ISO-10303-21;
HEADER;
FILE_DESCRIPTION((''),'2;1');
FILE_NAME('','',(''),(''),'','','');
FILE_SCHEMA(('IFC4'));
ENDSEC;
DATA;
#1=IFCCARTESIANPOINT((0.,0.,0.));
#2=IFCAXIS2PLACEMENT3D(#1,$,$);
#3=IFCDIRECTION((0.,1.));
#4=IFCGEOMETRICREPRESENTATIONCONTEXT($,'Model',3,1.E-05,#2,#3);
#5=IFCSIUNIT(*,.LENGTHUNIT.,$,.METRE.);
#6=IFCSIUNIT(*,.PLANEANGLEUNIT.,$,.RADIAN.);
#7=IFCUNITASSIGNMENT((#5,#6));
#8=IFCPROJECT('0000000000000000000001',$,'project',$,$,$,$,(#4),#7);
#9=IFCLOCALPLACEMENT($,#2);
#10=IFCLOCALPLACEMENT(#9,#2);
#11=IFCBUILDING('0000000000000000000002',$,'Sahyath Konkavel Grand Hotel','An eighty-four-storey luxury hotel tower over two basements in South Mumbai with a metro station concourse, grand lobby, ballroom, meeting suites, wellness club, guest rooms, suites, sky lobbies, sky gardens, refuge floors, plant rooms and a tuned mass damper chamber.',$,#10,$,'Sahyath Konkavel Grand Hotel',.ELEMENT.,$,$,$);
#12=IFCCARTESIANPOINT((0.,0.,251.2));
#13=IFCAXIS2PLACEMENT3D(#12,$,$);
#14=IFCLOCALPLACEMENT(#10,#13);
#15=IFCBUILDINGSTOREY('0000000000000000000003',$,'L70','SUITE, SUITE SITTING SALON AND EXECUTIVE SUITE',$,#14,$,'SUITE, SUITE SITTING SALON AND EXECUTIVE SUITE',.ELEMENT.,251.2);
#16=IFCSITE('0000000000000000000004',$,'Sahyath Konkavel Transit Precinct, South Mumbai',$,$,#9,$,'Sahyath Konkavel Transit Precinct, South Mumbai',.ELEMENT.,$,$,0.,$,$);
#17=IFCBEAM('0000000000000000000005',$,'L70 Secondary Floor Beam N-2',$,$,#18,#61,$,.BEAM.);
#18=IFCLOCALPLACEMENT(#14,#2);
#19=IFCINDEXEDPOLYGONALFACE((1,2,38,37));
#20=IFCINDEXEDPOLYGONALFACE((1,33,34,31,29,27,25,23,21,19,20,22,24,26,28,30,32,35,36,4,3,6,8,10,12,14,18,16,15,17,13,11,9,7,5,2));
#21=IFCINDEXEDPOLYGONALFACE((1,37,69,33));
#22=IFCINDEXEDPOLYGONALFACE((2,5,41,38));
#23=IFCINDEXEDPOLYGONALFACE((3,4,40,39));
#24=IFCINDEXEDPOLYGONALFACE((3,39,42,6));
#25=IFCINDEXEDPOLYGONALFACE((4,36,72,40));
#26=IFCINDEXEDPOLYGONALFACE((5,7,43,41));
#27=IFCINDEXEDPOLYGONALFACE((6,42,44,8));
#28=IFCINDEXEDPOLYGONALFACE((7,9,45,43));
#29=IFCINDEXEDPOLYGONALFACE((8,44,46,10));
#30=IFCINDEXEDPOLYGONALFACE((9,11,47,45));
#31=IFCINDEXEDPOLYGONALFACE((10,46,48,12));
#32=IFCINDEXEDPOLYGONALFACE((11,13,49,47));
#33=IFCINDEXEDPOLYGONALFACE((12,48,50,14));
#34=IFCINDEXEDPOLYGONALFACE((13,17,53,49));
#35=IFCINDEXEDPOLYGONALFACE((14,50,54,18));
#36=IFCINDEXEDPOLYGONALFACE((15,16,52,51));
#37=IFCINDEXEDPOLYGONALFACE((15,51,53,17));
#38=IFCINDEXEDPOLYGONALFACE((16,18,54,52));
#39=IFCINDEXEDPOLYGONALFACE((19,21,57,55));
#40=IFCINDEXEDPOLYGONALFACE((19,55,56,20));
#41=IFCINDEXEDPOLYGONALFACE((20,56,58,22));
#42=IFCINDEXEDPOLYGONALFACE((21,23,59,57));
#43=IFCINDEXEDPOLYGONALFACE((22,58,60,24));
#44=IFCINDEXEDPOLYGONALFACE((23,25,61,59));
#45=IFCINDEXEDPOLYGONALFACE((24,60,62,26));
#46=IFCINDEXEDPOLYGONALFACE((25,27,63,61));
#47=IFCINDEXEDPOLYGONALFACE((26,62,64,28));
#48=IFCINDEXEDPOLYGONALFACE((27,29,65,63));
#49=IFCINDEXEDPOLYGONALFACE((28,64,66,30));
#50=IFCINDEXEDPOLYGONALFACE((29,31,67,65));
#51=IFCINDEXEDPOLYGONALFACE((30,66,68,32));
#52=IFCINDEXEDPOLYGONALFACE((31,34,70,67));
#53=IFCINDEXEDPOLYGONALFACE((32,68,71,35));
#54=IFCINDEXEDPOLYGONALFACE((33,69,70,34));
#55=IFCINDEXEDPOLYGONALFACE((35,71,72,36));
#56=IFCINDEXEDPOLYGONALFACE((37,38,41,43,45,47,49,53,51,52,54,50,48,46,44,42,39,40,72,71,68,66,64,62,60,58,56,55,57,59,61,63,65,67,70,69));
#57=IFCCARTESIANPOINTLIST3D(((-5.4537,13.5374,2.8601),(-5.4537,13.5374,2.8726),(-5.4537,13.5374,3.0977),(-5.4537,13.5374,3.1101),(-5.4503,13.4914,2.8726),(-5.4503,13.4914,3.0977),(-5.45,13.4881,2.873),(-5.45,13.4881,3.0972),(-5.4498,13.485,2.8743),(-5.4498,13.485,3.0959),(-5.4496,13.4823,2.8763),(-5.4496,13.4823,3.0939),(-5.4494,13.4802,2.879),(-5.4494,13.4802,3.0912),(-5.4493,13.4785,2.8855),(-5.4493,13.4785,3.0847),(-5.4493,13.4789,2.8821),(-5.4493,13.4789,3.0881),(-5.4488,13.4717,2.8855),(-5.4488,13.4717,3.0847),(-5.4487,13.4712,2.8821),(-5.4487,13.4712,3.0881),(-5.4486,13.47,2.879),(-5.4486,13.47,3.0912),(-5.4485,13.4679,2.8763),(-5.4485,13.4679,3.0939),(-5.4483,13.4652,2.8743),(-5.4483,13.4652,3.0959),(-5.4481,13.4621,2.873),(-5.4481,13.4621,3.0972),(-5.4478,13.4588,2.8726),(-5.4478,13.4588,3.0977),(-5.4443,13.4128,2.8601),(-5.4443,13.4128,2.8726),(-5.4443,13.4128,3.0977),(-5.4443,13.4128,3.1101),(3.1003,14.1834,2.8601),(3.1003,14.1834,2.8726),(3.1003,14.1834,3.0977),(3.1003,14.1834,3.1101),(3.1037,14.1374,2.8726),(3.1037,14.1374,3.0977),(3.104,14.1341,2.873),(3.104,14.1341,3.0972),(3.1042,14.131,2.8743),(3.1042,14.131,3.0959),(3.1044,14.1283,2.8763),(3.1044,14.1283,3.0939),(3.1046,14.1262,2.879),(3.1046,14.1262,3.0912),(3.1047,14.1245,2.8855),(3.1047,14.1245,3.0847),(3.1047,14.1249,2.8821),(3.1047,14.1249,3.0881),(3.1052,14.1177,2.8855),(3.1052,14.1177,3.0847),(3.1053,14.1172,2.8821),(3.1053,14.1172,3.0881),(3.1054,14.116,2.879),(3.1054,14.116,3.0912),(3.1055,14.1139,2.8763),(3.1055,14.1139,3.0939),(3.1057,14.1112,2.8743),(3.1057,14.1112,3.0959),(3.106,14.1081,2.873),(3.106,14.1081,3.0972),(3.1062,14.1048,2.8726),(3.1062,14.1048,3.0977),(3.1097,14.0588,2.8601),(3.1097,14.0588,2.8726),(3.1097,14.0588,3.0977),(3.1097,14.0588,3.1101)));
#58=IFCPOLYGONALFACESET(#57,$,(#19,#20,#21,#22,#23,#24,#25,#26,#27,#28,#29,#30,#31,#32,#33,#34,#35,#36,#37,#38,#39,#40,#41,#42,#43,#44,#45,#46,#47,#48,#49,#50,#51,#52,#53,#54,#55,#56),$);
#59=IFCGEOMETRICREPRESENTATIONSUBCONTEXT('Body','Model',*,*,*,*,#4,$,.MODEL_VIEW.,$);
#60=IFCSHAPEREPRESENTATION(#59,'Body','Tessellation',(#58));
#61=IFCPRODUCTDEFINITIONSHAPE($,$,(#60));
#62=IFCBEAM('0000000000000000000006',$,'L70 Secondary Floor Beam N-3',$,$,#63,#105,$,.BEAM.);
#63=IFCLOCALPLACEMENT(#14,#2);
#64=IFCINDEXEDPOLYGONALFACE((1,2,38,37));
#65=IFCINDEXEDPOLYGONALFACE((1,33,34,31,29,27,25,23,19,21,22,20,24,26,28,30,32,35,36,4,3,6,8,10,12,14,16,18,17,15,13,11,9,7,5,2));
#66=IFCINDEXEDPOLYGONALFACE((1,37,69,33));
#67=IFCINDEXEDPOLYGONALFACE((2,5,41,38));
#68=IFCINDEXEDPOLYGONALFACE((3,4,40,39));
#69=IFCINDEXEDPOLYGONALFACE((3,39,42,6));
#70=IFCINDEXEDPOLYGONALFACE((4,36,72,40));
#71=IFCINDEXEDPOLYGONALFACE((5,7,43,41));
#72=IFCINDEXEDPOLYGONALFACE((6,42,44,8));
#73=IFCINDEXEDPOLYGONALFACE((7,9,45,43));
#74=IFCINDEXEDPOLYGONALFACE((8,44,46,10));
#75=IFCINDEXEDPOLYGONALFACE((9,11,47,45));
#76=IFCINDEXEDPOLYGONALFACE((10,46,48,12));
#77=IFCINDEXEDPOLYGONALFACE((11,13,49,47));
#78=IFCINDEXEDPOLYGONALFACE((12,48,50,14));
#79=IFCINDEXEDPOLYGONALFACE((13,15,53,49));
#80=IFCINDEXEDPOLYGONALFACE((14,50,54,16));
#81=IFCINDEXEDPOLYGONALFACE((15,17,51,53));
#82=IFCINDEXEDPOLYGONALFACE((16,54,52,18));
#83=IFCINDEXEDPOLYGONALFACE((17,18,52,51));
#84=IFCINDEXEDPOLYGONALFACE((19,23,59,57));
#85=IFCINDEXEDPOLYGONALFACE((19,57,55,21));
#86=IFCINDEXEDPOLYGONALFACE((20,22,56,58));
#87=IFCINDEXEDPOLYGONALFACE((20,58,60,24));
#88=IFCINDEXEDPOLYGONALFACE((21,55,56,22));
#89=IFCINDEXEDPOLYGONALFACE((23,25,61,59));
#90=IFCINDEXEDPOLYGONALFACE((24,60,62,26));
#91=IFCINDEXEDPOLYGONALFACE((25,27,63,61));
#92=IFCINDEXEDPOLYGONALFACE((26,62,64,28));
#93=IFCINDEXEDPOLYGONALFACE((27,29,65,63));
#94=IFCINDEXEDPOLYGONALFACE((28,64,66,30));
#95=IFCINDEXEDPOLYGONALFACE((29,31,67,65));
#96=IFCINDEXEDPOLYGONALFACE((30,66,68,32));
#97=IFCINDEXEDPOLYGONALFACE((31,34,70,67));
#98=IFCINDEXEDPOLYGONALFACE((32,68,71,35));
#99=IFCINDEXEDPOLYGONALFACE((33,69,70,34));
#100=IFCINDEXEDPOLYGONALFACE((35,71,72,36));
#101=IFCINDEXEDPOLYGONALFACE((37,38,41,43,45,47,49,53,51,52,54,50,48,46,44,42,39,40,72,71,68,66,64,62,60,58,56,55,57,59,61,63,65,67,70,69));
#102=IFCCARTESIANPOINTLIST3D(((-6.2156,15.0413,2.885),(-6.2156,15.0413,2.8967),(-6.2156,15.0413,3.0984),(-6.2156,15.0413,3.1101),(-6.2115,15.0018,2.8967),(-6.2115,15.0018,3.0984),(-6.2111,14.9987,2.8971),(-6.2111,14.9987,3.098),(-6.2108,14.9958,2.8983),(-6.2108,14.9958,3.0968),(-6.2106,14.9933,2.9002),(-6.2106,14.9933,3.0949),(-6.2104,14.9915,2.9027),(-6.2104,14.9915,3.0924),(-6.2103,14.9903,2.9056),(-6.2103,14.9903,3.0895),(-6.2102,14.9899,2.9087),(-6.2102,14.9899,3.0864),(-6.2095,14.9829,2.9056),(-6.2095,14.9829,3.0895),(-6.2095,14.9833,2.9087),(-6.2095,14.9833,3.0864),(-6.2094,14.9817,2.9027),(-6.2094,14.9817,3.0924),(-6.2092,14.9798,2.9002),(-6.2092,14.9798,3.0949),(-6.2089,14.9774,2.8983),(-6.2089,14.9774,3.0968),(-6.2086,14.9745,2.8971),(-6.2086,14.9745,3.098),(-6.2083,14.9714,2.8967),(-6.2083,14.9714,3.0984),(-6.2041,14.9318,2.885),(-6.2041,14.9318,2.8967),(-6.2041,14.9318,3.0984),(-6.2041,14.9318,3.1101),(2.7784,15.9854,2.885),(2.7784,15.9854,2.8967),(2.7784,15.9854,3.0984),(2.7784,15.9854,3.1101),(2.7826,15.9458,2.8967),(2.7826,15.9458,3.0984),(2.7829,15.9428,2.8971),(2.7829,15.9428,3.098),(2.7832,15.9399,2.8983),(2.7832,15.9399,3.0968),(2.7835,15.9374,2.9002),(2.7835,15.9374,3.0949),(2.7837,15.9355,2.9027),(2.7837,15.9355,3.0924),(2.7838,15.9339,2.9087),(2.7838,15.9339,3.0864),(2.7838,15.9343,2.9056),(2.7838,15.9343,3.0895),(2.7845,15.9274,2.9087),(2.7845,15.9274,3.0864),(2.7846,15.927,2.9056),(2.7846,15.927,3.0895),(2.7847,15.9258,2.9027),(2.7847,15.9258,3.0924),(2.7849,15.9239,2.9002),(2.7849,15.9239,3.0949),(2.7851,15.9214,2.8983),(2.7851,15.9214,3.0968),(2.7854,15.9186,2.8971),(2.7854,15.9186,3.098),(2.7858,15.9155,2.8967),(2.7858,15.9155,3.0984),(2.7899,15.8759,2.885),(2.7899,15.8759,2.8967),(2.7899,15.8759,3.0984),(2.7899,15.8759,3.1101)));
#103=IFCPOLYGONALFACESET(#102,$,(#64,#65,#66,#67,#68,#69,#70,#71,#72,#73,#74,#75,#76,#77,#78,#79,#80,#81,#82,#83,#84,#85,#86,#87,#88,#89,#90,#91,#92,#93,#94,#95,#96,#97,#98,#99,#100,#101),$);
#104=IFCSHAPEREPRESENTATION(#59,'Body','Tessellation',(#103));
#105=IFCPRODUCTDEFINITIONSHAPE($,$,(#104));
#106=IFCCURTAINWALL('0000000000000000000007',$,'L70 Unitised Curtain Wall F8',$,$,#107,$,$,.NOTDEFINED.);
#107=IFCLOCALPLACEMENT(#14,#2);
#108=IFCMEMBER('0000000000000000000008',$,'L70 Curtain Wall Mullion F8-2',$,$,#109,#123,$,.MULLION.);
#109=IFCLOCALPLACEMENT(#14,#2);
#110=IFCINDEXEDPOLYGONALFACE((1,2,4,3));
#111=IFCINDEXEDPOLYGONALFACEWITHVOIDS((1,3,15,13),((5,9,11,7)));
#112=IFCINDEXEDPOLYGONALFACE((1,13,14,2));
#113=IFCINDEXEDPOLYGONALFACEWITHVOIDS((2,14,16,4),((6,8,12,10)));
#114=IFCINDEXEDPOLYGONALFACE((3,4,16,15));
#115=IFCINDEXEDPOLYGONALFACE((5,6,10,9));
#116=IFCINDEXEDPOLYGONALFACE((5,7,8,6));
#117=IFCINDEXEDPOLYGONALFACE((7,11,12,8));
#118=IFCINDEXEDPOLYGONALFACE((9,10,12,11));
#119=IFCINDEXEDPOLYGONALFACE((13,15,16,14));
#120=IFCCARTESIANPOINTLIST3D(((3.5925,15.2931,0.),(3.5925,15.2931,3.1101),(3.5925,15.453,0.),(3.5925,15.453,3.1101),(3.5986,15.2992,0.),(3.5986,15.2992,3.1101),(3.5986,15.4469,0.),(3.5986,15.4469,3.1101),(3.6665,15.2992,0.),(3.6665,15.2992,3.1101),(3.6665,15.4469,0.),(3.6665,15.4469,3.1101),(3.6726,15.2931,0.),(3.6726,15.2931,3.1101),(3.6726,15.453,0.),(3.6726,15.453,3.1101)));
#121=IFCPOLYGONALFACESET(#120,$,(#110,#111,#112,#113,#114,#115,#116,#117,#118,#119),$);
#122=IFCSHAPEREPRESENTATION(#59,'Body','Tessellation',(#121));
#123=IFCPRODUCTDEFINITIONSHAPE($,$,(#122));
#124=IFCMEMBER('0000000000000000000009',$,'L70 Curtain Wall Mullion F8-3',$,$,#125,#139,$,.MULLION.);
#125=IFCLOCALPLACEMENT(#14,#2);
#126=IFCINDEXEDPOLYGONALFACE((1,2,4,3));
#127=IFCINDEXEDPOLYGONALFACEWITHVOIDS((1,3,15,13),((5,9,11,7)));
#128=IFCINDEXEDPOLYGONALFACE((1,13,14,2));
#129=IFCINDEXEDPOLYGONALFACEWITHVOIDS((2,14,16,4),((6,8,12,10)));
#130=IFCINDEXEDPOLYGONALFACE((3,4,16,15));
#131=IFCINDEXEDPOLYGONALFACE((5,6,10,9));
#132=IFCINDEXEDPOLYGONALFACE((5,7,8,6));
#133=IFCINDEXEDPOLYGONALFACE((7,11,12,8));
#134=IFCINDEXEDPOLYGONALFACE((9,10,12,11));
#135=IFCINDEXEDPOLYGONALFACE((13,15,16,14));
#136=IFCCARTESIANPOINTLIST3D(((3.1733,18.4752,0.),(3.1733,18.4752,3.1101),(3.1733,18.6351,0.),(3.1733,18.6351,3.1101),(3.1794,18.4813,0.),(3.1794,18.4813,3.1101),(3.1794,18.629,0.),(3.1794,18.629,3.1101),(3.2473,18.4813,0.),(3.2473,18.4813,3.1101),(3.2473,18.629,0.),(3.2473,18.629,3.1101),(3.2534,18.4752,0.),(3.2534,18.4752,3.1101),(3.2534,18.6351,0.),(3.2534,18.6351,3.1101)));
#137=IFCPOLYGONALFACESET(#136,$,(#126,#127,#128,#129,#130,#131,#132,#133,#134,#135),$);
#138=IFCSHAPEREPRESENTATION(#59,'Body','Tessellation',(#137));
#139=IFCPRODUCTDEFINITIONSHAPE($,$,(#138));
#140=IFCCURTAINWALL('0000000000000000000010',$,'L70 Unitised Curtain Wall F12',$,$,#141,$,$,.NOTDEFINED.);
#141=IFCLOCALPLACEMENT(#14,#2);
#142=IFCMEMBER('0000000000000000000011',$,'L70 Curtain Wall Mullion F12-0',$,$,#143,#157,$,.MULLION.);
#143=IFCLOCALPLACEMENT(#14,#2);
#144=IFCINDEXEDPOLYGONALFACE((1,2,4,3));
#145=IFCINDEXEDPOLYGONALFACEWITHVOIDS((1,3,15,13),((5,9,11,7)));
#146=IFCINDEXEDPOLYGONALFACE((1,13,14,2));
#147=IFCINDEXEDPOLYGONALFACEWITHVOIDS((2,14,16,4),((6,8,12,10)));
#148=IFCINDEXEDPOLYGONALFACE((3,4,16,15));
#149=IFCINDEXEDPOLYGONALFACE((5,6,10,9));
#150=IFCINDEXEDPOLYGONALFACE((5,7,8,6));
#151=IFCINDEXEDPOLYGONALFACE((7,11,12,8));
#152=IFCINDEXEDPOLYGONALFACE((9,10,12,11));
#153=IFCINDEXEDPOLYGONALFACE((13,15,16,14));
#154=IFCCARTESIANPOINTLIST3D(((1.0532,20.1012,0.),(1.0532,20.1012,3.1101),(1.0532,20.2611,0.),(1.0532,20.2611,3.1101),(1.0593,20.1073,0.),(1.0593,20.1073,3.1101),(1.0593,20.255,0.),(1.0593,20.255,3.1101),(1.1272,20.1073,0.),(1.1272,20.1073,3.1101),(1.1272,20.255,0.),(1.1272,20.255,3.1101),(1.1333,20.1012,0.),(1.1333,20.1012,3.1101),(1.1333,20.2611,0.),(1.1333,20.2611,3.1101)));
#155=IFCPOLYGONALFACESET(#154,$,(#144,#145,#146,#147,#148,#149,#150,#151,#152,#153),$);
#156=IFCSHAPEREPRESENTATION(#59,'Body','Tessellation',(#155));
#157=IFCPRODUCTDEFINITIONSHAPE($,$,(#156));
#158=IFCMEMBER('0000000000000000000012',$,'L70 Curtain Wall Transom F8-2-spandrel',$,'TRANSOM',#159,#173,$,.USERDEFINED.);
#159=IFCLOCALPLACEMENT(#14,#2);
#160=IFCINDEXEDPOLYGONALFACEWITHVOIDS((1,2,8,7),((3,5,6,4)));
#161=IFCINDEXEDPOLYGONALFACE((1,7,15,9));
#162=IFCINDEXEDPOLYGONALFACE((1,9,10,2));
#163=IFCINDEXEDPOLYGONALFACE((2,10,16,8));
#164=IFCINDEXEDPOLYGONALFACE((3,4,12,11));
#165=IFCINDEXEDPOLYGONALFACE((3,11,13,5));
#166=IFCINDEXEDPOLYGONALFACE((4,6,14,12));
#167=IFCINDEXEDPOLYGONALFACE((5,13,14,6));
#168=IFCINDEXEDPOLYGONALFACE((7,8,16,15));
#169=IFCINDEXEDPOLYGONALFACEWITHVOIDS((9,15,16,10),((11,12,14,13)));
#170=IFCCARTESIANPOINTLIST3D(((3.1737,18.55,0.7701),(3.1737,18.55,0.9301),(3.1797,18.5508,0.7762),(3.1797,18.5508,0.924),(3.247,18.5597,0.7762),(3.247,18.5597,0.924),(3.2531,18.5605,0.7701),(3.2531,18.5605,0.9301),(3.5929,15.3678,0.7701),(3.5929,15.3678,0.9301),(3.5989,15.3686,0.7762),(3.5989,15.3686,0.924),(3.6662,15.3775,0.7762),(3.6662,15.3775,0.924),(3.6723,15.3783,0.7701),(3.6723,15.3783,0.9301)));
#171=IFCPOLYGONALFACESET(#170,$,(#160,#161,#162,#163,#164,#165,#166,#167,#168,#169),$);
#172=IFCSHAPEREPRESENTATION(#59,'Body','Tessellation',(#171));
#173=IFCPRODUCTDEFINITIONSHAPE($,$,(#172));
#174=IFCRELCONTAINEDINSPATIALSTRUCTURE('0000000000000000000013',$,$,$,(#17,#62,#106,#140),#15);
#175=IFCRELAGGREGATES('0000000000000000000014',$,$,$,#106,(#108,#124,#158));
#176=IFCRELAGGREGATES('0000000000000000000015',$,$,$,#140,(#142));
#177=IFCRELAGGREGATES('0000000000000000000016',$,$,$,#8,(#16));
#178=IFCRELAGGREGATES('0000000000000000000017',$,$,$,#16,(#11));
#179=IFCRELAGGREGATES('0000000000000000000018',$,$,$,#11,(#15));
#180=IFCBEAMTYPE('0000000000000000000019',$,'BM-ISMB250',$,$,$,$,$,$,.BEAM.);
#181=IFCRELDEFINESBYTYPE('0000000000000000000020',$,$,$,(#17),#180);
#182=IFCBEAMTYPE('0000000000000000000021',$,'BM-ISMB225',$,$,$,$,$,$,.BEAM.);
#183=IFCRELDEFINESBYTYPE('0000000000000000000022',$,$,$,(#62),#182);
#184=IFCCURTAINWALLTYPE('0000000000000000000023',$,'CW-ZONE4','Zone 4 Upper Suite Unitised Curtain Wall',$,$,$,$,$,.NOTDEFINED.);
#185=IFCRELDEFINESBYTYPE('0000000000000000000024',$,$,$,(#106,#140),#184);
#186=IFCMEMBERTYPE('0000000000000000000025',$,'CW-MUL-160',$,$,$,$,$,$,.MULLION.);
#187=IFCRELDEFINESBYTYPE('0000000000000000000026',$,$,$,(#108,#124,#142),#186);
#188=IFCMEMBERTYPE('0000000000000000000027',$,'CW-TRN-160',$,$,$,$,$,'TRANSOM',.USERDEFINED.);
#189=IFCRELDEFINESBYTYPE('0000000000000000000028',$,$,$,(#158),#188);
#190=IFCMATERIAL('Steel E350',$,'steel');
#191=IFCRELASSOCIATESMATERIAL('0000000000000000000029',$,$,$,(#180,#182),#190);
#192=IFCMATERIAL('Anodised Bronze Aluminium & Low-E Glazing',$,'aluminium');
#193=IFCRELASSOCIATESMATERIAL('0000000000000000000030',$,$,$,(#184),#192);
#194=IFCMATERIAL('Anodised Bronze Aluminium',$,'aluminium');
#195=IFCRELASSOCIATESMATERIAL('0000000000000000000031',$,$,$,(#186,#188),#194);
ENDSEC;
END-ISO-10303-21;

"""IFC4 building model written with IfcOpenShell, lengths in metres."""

from ifc_helpers import new_model, si_unit, direction, frame, origin, origin_2d, place, context, subcontext, project, spatial, hollow_rectangle, i_section, extrude, source, transform, mapped, material, material_profile, profile_set, type_object, element, aggregate, save


model = new_model("IFC4")

# Units and contexts
model_context = context("Model", 3, precision=1e-05, world=origin(), true_north=direction((0.0, 1.0)))
body_context = subcontext(model_context, "Body", "Model", "MODEL_VIEW")
ifc_project = project(units=[si_unit("LENGTHUNIT", "METRE"), si_unit("PLANEANGLEUNIT", "RADIAN")], contexts=[model_context])

# Site, building, storey
site_placement = place(None, origin())
site = spatial("IfcSite", under=ifc_project, at=site_placement, Name="Sahyath Konkavel Transit Precinct, South Mumbai", LongName="Sahyath Konkavel Transit Precinct, South Mumbai", CompositionType="ELEMENT", RefElevation=0.0)
building_placement = place(site_placement, origin())
building = spatial("IfcBuilding", under=site, at=building_placement, Name="Sahyath Konkavel Grand Hotel", Description="An eighty-four-storey luxury hotel tower over two basements in South Mumbai with a metro station concourse, grand lobby, ballroom, meeting suites, wellness club, guest rooms, suites, sky lobbies, sky gardens, refuge floors, plant rooms and a tuned mass damper chamber.", LongName="Sahyath Konkavel Grand Hotel", CompositionType="ELEMENT")
storey_placement = place(building_placement, frame((0.0, 0.0, 251.2)))
storey = spatial("IfcBuildingStorey", under=building, at=storey_placement, Name="L70", Description="SUITE, SUITE SITTING SALON AND EXECUTIVE SUITE", LongName="SUITE, SUITE SITTING SALON AND EXECUTIVE SUITE", CompositionType="ELEMENT", Elevation=251.2)

# Beams
ifc_material_1 = material(Name="Steel E350", Category="steel")
ifc_material_profile_1 = material_profile(ifc_material_1, i_section(OverallWidth=0.125, OverallDepth=0.25, WebThickness=0.0068, FlangeThickness=0.0125, FilletRadius=0.0129, at=origin_2d()), Name="ISMB 250")
ifc_profile_set_1 = profile_set([ifc_material_profile_1], Name="Steel E350")
beam_type_1 = type_object("IfcBeamType", Name="BM-ISMB250", PredefinedType="BEAM", material=ifc_profile_set_1)
shared_shape_1 = source(origin(), body_context, "Body", "SweptSolid", [
    extrude(i_section(OverallWidth=0.125, OverallDepth=0.25, WebThickness=0.0068, FlangeThickness=0.0125, FilletRadius=0.0129, at=origin_2d()), origin(), (0.0, 0.0, 1.0), 8.5784),
])
beam_1_placement = place(storey_placement, frame((3.105, 14.1211, 2.9851), z_axis=(-0.99716, -0.075306, 0.0), x_axis=(0.075306, -0.99716, 0.0)))
element("IfcBeam", 1, at=beam_1_placement, inside=storey, type_object=beam_type_1, Name="L70 Secondary Floor Beam N-2", PredefinedType="BEAM", context=body_context, shape_type="MappedRepresentation", body=[
    mapped(shared_shape_1, transform((0.0, 0.0, 0.0), scale=1.0)),
])
ifc_material_profile_2 = material_profile(ifc_material_1, i_section(OverallWidth=0.1101, OverallDepth=0.2251, WebThickness=0.0066, FlangeThickness=0.0117, FilletRadius=0.012, at=origin_2d()), Name="ISMB 225")
ifc_profile_set_2 = profile_set([ifc_material_profile_2], Name="Steel E350")
beam_type_2 = type_object("IfcBeamType", Name="BM-ISMB225", PredefinedType="BEAM", material=ifc_profile_set_2)
shared_shape_2 = source(origin(), body_context, "Body", "SweptSolid", [
    extrude(i_section(OverallWidth=0.1101, OverallDepth=0.2251, WebThickness=0.0066, FlangeThickness=0.0117, FilletRadius=0.012, at=origin_2d()), origin(), (0.0, 0.0, 1.0), 9.0435),
])
beam_2_placement = place(storey_placement, frame((2.7842, 15.9307, 2.9976), z_axis=(-0.994536, -0.104394, 0.0), x_axis=(0.104394, -0.994536, 0.0)))
element("IfcBeam", 2, at=beam_2_placement, inside=storey, type_object=beam_type_2, Name="L70 Secondary Floor Beam N-3", PredefinedType="BEAM", context=body_context, shape_type="MappedRepresentation", body=[
    mapped(shared_shape_2, transform((0.0, 0.0, 0.0), scale=1.0)),
])

# Curtain wall, members
ifc_material_2 = material(Name="Anodised Bronze Aluminium & Low-E Glazing", Category="aluminium")
curtain_wall_type = type_object("IfcCurtainWallType", Name="CW-ZONE4", Description="Zone 4 Upper Suite Unitised Curtain Wall", PredefinedType="NOTDEFINED", material=ifc_material_2)
curtain_wall_1_placement = place(storey_placement, origin())
curtain_wall_1 = element("IfcCurtainWall", 3, at=curtain_wall_1_placement, inside=storey, type_object=curtain_wall_type, Name="L70 Unitised Curtain Wall F8", PredefinedType="NOTDEFINED")
ifc_material_3 = material(Name="Anodised Bronze Aluminium", Category="aluminium")
ifc_material_profile_3 = material_profile(ifc_material_3, hollow_rectangle(XDim=0.0801, YDim=0.1599, WallThickness=0.0061, at=origin_2d()), Name="RHS 160x80x6")
ifc_profile_set_3 = profile_set([ifc_material_profile_3], Name="Anodised Bronze Aluminium")
member_type_1 = type_object("IfcMemberType", Name="CW-MUL-160", PredefinedType="MULLION", material=ifc_profile_set_3)
shared_shape_3 = source(origin(), body_context, "Body", "SweptSolid", [
    extrude(hollow_rectangle(XDim=0.0801, YDim=0.1599, WallThickness=0.0061, at=origin_2d()), origin(), (0.0, 0.0, 1.0), 3.1101),
])
member_1_placement = place(storey_placement, frame((3.6326, 15.373, 0.0), z_axis=(0.0, 0.0, 1.0), x_axis=(1.0, 0.0, 0.0)))
member_1 = element("IfcMember", 4, at=member_1_placement, type_object=member_type_1, Name="L70 Curtain Wall Mullion F8-2", PredefinedType="MULLION", context=body_context, shape_type="MappedRepresentation", body=[
    mapped(shared_shape_3, transform((0.0, 0.0, 0.0), scale=1.0)),
])
member_2_placement = place(storey_placement, frame((3.2134, 18.5552, 0.0), z_axis=(0.0, 0.0, 1.0), x_axis=(1.0, 0.0, 0.0)))
member_2 = element("IfcMember", 5, at=member_2_placement, type_object=member_type_1, Name="L70 Curtain Wall Mullion F8-3", PredefinedType="MULLION", context=body_context, shape_type="MappedRepresentation", body=[
    mapped(shared_shape_3, transform((0.0, 0.0, 0.0), scale=1.0)),
])

# Curtain wall, member
curtain_wall_2_placement = place(storey_placement, origin())
curtain_wall_2 = element("IfcCurtainWall", 6, at=curtain_wall_2_placement, inside=storey, type_object=curtain_wall_type, Name="L70 Unitised Curtain Wall F12", PredefinedType="NOTDEFINED")
member_3_placement = place(storey_placement, frame((1.0933, 20.1812, 0.0), z_axis=(0.0, 0.0, 1.0), x_axis=(1.0, 0.0, 0.0)))
member_3 = element("IfcMember", 7, at=member_3_placement, type_object=member_type_1, Name="L70 Curtain Wall Mullion F12-0", PredefinedType="MULLION", context=body_context, shape_type="MappedRepresentation", body=[
    mapped(shared_shape_3, transform((0.0, 0.0, 0.0), scale=1.0)),
])

# Member
ifc_material_profile_4 = material_profile(ifc_material_3, hollow_rectangle(XDim=0.0801, YDim=0.1599, WallThickness=0.0061, at=origin_2d()), Name="RHS 160x80x6")
ifc_profile_set_4 = profile_set([ifc_material_profile_4], Name="Anodised Bronze Aluminium")
member_type_2 = type_object("IfcMemberType", Name="CW-TRN-160", ElementType="TRANSOM", PredefinedType="USERDEFINED", material=ifc_profile_set_4)
shared_shape_4 = source(origin(), body_context, "Body", "SweptSolid", [
    extrude(hollow_rectangle(XDim=0.0801, YDim=0.1599, WallThickness=0.0061, at=origin_2d()), origin(), (0.0, 0.0, 1.0), 3.2097),
])
member_4_placement = place(storey_placement, frame((3.6326, 15.373, 0.8501), z_axis=(-0.130604, 0.991435, 0.0), x_axis=(-0.991435, -0.130604, 0.0)))
member_4 = element("IfcMember", 8, at=member_4_placement, type_object=member_type_2, Name="L70 Curtain Wall Transom F8-2-spandrel", ObjectType="TRANSOM", PredefinedType="USERDEFINED", context=body_context, shape_type="MappedRepresentation", body=[
    mapped(shared_shape_4, transform((0.0, 0.0, 0.0), scale=1.0)),
])

aggregate(curtain_wall_1, [member_1, member_2, member_4])
aggregate(curtain_wall_2, [member_3])

save(model, "model.ifc")
